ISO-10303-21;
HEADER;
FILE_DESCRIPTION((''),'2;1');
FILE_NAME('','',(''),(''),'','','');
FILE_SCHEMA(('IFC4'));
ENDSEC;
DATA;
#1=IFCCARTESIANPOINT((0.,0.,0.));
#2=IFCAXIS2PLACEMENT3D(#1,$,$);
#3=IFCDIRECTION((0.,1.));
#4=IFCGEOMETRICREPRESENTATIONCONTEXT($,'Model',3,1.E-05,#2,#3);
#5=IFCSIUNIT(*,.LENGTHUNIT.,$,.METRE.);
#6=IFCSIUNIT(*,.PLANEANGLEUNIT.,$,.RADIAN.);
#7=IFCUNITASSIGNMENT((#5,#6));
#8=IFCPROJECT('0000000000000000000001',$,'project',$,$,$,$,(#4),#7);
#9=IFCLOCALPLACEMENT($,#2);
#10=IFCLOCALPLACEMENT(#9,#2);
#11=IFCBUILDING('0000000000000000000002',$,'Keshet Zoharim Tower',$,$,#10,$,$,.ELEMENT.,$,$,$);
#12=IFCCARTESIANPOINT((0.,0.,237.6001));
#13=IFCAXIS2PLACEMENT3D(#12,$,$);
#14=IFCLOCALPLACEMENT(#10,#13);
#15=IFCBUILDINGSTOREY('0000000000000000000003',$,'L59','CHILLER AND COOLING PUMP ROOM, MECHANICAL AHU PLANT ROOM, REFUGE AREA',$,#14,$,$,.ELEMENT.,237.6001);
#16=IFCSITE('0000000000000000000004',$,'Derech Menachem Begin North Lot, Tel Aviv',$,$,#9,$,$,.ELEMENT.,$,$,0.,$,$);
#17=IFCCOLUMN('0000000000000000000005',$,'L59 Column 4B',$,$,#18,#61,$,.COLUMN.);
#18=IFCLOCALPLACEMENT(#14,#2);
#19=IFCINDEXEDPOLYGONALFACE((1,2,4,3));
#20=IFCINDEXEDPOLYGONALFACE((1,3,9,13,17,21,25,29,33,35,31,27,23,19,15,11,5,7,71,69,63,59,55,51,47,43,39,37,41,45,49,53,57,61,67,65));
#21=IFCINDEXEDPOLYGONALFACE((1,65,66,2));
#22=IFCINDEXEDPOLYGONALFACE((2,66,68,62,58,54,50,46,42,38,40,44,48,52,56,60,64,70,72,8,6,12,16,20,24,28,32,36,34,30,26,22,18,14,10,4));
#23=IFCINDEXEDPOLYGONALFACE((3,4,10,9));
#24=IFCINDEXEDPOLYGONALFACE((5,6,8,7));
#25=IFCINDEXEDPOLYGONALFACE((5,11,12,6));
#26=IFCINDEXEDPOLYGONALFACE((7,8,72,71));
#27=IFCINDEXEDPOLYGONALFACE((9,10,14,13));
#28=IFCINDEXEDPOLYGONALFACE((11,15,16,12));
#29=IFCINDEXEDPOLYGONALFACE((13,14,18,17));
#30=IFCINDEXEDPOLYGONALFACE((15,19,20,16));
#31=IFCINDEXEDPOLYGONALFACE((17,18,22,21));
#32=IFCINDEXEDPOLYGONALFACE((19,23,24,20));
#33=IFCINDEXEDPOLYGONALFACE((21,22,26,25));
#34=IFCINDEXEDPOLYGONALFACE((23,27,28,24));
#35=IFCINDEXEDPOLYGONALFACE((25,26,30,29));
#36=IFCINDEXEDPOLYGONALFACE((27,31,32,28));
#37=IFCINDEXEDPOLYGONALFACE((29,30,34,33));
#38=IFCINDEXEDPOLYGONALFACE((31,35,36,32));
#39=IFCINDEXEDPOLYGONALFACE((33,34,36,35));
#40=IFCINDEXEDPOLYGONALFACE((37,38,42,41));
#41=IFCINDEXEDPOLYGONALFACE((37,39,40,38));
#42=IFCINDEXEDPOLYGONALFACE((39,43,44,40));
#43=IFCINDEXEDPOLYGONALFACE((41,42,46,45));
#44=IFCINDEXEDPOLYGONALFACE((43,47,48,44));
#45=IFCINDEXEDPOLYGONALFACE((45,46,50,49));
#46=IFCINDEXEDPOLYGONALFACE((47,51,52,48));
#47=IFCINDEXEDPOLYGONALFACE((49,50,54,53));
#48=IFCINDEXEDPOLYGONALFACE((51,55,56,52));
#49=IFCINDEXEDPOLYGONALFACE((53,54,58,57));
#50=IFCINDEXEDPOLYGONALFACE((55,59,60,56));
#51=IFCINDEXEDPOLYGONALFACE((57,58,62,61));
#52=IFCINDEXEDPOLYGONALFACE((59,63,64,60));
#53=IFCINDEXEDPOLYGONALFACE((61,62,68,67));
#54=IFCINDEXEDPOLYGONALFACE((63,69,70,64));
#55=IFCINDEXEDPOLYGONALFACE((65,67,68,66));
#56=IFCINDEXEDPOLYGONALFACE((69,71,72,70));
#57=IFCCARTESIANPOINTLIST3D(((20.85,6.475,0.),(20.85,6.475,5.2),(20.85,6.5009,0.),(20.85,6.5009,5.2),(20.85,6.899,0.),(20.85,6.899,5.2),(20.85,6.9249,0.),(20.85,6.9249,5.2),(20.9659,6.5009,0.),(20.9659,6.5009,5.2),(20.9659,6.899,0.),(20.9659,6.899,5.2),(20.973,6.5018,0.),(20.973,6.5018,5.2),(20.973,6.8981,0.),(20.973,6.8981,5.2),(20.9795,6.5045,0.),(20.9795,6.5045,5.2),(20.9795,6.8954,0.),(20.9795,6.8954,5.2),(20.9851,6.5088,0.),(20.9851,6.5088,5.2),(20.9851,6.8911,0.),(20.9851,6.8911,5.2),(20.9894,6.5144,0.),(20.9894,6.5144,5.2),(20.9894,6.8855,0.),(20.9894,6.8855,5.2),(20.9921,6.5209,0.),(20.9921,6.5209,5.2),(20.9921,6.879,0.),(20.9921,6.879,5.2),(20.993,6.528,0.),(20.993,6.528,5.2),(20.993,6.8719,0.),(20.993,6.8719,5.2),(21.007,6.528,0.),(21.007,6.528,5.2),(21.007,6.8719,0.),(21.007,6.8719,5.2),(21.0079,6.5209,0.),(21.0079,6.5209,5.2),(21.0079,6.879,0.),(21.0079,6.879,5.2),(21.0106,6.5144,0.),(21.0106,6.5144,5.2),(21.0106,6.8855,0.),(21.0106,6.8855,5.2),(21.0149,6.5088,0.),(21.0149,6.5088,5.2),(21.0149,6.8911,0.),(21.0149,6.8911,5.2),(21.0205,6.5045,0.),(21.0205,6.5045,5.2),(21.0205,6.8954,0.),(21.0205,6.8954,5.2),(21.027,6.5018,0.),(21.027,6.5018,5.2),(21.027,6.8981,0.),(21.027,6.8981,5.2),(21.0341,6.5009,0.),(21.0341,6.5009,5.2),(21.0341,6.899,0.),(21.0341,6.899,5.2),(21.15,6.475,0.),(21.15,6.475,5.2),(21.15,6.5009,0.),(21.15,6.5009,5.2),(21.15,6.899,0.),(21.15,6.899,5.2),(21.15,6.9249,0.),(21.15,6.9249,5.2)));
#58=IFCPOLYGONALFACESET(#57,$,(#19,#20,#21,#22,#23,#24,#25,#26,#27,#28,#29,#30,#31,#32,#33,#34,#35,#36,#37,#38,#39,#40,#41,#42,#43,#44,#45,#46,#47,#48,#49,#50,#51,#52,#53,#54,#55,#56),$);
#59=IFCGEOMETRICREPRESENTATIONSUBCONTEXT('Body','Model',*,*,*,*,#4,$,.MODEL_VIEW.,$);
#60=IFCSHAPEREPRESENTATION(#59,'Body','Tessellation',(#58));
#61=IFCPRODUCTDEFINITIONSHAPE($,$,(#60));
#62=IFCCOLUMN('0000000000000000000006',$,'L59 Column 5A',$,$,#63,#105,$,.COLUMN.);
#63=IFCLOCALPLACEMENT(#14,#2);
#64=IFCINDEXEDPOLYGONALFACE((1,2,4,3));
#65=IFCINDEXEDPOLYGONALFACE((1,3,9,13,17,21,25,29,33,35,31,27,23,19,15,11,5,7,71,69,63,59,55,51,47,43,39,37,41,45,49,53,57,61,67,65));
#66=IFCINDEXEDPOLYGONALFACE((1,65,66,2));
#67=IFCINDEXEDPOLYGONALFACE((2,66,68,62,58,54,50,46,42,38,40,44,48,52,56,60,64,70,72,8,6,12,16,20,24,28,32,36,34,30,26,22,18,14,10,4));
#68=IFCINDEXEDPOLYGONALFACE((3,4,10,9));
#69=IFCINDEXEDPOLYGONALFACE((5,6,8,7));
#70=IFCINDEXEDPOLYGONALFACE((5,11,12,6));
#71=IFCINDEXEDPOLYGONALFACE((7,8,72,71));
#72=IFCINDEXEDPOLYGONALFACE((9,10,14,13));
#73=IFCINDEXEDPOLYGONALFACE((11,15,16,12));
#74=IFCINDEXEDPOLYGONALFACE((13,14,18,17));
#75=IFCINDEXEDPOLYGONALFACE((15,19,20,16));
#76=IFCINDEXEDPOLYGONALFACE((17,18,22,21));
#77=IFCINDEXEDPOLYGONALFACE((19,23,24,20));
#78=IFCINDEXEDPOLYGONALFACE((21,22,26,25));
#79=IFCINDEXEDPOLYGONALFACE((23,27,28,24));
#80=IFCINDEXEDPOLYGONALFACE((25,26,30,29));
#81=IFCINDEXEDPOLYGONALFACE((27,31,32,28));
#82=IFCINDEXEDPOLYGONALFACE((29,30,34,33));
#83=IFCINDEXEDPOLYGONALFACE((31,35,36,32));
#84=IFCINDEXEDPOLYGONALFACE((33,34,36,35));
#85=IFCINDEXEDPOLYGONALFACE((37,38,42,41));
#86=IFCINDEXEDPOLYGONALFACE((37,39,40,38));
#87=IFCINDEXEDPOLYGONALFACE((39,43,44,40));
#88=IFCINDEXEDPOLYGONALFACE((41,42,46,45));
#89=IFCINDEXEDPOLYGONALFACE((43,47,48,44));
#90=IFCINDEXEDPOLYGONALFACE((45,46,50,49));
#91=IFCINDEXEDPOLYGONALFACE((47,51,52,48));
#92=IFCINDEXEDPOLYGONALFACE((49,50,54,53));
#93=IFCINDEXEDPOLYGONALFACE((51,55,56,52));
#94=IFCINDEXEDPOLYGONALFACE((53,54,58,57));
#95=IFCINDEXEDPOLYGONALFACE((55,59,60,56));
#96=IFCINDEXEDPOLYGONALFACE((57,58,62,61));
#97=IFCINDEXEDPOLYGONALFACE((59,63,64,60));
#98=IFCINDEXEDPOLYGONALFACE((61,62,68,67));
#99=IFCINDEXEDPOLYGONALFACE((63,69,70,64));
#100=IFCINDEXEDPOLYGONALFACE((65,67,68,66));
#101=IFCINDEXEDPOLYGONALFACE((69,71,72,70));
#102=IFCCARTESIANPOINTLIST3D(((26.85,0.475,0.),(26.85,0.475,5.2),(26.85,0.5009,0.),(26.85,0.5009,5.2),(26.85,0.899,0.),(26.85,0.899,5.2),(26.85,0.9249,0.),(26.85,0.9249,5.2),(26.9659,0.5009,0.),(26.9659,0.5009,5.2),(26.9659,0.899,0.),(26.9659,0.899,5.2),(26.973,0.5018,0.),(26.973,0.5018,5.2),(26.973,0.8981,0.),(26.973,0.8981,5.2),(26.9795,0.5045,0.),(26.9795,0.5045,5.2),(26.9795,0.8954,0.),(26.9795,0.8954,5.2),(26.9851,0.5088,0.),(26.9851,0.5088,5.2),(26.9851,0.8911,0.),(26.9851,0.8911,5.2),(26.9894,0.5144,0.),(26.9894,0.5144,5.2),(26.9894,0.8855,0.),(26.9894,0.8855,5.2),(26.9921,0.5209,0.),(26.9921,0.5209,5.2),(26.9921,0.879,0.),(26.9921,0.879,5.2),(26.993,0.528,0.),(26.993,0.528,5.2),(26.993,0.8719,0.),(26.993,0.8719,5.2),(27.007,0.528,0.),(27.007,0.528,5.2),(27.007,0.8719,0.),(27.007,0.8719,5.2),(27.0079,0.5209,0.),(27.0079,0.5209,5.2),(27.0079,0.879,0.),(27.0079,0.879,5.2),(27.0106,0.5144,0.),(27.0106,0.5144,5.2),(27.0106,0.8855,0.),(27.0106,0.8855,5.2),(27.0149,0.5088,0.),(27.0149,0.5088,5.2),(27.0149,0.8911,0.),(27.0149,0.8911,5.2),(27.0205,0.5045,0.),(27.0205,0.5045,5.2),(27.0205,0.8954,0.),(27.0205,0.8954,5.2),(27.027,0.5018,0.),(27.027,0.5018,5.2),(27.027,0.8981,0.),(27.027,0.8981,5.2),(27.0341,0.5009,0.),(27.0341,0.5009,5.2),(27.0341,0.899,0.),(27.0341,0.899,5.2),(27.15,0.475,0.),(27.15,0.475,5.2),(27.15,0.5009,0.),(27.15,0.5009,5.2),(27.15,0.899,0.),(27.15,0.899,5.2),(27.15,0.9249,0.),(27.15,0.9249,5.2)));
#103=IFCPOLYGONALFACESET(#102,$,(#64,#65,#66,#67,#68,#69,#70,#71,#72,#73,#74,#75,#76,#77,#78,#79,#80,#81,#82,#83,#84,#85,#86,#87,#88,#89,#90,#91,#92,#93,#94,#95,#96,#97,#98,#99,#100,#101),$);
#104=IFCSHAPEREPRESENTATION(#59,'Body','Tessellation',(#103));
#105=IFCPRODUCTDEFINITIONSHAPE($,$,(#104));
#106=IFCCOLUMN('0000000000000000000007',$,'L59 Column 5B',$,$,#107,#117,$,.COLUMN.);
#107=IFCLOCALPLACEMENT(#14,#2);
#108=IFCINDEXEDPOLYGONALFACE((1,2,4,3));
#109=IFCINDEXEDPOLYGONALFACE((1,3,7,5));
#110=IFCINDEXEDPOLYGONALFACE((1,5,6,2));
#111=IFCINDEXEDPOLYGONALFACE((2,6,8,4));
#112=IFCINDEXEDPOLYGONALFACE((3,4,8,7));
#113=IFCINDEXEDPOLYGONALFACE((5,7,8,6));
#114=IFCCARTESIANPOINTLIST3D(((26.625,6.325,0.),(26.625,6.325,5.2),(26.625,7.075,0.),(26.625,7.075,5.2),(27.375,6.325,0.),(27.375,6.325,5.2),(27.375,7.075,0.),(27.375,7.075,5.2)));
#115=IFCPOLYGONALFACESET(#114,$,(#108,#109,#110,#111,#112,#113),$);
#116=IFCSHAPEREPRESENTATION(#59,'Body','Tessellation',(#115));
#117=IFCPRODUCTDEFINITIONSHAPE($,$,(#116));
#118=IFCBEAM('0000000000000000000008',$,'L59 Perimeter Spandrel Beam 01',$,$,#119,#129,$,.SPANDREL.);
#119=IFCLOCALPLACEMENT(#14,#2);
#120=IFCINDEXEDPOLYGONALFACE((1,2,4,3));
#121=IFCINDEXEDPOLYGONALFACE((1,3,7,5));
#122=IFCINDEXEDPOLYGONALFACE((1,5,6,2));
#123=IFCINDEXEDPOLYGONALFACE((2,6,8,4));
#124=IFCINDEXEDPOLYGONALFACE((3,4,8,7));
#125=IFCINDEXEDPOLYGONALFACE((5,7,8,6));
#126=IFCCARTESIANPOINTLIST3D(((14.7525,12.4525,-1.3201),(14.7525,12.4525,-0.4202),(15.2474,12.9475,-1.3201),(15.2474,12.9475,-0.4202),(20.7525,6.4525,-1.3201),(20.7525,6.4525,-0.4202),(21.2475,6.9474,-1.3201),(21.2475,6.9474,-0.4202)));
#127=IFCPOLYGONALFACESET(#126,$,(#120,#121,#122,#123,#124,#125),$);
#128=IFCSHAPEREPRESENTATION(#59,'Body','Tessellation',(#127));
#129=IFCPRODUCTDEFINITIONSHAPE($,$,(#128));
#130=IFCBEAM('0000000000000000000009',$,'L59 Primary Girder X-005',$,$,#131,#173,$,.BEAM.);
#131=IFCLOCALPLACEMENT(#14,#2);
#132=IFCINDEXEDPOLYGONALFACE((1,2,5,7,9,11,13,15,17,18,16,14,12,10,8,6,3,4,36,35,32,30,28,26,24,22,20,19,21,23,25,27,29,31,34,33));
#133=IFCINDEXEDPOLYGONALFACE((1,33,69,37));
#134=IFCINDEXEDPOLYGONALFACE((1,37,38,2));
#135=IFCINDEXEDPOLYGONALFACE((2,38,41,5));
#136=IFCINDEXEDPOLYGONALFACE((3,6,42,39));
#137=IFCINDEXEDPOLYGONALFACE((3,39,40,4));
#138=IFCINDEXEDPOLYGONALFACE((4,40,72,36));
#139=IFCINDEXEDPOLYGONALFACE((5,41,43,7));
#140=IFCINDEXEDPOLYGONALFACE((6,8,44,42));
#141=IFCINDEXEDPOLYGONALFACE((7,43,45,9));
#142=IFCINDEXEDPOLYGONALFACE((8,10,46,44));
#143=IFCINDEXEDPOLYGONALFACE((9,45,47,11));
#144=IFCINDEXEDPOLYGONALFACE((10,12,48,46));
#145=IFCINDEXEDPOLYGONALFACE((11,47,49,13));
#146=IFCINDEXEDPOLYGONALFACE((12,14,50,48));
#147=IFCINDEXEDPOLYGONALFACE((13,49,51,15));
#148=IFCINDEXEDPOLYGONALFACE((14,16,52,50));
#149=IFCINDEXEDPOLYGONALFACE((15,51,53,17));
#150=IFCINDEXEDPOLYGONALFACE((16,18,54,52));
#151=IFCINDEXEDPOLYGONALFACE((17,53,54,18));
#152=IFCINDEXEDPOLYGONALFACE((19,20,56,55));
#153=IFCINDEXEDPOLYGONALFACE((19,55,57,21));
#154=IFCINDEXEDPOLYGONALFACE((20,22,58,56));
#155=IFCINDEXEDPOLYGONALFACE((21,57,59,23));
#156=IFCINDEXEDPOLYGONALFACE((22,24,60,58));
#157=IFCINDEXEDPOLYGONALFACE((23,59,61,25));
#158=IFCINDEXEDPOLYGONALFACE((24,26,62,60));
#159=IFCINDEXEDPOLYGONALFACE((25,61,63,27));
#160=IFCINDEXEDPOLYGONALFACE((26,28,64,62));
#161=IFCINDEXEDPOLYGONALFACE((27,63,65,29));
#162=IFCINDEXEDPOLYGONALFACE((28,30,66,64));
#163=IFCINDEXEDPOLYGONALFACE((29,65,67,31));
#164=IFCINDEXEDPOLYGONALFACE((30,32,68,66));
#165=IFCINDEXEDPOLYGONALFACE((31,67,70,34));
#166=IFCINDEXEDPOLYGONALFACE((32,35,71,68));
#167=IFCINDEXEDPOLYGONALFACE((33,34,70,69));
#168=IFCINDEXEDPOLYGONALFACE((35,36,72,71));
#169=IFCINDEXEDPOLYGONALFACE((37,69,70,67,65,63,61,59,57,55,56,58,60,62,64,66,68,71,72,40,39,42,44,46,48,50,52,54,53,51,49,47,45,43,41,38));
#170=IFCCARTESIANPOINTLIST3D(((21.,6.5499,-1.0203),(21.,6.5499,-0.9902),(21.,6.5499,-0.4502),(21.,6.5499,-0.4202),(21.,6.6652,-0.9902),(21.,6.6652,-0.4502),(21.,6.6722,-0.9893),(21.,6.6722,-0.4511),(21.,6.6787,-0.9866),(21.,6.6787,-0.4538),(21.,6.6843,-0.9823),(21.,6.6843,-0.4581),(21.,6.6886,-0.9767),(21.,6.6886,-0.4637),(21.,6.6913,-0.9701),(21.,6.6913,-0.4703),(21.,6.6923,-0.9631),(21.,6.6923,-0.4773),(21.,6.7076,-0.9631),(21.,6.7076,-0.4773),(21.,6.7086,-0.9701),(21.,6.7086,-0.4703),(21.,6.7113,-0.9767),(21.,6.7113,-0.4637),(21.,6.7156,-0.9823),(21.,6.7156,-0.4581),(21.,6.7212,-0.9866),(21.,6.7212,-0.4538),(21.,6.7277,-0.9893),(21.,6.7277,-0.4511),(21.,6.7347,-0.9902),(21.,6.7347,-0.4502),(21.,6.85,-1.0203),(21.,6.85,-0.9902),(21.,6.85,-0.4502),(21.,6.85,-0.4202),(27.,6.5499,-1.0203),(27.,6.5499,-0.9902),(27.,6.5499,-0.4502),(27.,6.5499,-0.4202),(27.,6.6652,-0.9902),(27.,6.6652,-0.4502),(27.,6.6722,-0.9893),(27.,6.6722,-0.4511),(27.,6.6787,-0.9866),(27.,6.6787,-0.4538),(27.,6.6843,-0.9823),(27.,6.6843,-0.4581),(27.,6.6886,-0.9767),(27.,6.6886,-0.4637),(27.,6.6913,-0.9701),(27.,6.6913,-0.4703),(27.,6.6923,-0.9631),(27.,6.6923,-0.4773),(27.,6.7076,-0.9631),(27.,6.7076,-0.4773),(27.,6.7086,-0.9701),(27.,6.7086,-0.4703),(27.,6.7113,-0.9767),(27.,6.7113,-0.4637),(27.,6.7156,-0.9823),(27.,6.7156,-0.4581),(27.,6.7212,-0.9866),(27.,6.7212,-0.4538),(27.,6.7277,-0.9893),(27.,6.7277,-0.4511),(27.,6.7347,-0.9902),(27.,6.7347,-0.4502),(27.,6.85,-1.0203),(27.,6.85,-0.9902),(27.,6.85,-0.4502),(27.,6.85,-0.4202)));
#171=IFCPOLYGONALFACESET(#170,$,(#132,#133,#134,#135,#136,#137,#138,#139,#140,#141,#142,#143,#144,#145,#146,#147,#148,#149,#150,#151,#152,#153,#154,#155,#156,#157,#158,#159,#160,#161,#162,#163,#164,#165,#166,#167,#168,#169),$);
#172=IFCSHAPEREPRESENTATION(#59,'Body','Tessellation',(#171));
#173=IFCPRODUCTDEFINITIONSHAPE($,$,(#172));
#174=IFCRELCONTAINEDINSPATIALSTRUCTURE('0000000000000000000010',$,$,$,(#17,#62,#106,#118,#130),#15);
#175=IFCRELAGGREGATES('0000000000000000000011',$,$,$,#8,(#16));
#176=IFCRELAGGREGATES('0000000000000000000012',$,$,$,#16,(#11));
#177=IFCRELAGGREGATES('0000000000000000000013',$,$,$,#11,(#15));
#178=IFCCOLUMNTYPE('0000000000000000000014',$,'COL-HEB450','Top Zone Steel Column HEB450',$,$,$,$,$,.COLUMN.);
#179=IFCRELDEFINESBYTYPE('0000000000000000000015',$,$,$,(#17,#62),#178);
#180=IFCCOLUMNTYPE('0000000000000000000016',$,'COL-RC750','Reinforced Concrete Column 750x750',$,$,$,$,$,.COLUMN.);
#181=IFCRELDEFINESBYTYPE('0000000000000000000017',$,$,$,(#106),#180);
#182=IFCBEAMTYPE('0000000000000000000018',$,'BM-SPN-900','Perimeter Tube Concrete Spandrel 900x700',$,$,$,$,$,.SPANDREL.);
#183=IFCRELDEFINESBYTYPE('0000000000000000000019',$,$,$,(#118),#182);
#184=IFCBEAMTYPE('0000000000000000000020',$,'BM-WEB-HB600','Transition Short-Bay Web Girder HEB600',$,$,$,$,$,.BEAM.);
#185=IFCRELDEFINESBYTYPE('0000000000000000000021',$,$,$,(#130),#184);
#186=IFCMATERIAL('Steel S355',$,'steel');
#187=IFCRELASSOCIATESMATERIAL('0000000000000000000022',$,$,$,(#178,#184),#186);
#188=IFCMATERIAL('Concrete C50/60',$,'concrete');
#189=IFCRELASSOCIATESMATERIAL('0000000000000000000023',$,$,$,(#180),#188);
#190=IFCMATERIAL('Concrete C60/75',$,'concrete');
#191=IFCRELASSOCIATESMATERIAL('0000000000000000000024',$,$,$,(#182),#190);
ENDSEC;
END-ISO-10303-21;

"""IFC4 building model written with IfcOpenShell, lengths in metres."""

from ifc_helpers import new_model, si_unit, direction, frame, origin, origin_2d, place, context, subcontext, project, spatial, rectangle, i_section, extrude, material, material_profile, profile_set, type_object, element, save


model = new_model("IFC4")

# Units and contexts
model_context = context("Model", 3, precision=1e-05, world=origin(), true_north=direction((0.0, 1.0)))
body_context = subcontext(model_context, "Body", "Model", "MODEL_VIEW")
ifc_project = project(units=[si_unit("LENGTHUNIT", "METRE"), si_unit("PLANEANGLEUNIT", "RADIAN")], contexts=[model_context])

# Site, building, storey
site_placement = place(None, origin())
site = spatial("IfcSite", under=ifc_project, at=site_placement, Name="Derech Menachem Begin North Lot, Tel Aviv", CompositionType="ELEMENT", RefElevation=0.0)
building_placement = place(site_placement, origin())
building = spatial("IfcBuilding", under=site, at=building_placement, Name="Keshet Zoharim Tower", CompositionType="ELEMENT")
storey_placement = place(building_placement, frame((0.0, 0.0, 237.6001)))
storey = spatial("IfcBuildingStorey", under=building, at=storey_placement, Name="L59", Description="CHILLER AND COOLING PUMP ROOM, MECHANICAL AHU PLANT ROOM, REFUGE AREA", CompositionType="ELEMENT", Elevation=237.6001)

# Columns
ifc_material_1 = material(Name="Steel S355", Category="steel")
ifc_material_profile_1 = material_profile(ifc_material_1, i_section(OverallWidth=0.3, OverallDepth=0.45, WebThickness=0.0139, FlangeThickness=0.0259, FilletRadius=0.0271, at=origin_2d()), Name="HEB450")
ifc_profile_set_1 = profile_set([ifc_material_profile_1], Name="Steel S355")
column_type_1 = type_object("IfcColumnType", Name="COL-HEB450", Description="Top Zone Steel Column HEB450", PredefinedType="COLUMN", material=ifc_profile_set_1)
for number, where, z_axis, x_axis, name in (
    (1, (21.0, 6.7, 0.0), (0.0, 0.0, 1.0), (1.0, 0.0, 0.0), "L59 Column 4B"),
    (2, (27.0, 0.7, 0.0), (0.0, 0.0, 1.0), (1.0, 0.0, 0.0), "L59 Column 5A"),
):
    element("IfcColumn", number, at=place(storey_placement, frame(where, z_axis=z_axis, x_axis=x_axis)), inside=storey, type_object=column_type_1, Name=name, PredefinedType="COLUMN", context=body_context, shape_type="SweptSolid", body=[
        extrude(i_section(OverallWidth=0.3, OverallDepth=0.45, WebThickness=0.0139, FlangeThickness=0.0259, FilletRadius=0.0271, at=origin_2d()), origin(), (0.0, 0.0, 1.0), 5.2),
    ])
ifc_material_2 = material(Name="Concrete C50/60", Category="concrete")
ifc_material_profile_2 = material_profile(ifc_material_2, rectangle(XDim=0.75, YDim=0.75, at=origin_2d()), Name="RC750x750")
ifc_profile_set_2 = profile_set([ifc_material_profile_2], Name="Concrete C50/60")
column_type_2 = type_object("IfcColumnType", Name="COL-RC750", Description="Reinforced Concrete Column 750x750", PredefinedType="COLUMN", material=ifc_profile_set_2)
column_placement = place(storey_placement, frame((27.0, 6.7, 0.0), z_axis=(0.0, 0.0, 1.0), x_axis=(1.0, 0.0, 0.0)))
element("IfcColumn", 3, at=column_placement, inside=storey, type_object=column_type_2, Name="L59 Column 5B", PredefinedType="COLUMN", context=body_context, shape_type="SweptSolid", body=[
    extrude(rectangle(XDim=0.75, YDim=0.75, at=origin_2d()), origin(), (0.0, 0.0, 1.0), 5.2),
])

# Beams
ifc_material_3 = material(Name="Concrete C60/75", Category="concrete")
ifc_material_profile_3 = material_profile(ifc_material_3, rectangle(XDim=0.7, YDim=0.8999, at=origin_2d()), Name="RC900x700")
ifc_profile_set_3 = profile_set([ifc_material_profile_3], Name="Concrete C60/75")
beam_type_1 = type_object("IfcBeamType", Name="BM-SPN-900", Description="Perimeter Tube Concrete Spandrel 900x700", PredefinedType="SPANDREL", material=ifc_profile_set_3)
beam_1_placement = place(storey_placement, frame((21.0, 6.7, -0.8701), z_axis=(-0.707107, 0.707107, 0.0), x_axis=(-0.707107, -0.707107, 0.0)))
element("IfcBeam", 4, at=beam_1_placement, inside=storey, type_object=beam_type_1, Name="L59 Perimeter Spandrel Beam 01", PredefinedType="SPANDREL", context=body_context, shape_type="SweptSolid", body=[
    extrude(rectangle(XDim=0.7, YDim=0.8999, at=origin_2d()), origin(), (0.0, 0.0, 1.0), 8.4854),
])
ifc_material_profile_4 = material_profile(ifc_material_1, i_section(OverallWidth=0.3, OverallDepth=0.6001, WebThickness=0.0154, FlangeThickness=0.03, FilletRadius=0.0271, at=origin_2d()), Name="HEB600")
ifc_profile_set_4 = profile_set([ifc_material_profile_4], Name="Steel S355")
beam_type_2 = type_object("IfcBeamType", Name="BM-WEB-HB600", Description="Transition Short-Bay Web Girder HEB600", PredefinedType="BEAM", material=ifc_profile_set_4)
beam_2_placement = place(storey_placement, frame((21.0, 6.7, -0.7202), z_axis=(1.0, 0.0, 0.0), x_axis=(0.0, 1.0, 0.0)))
element("IfcBeam", 5, at=beam_2_placement, inside=storey, type_object=beam_type_2, Name="L59 Primary Girder X-005", PredefinedType="BEAM", context=body_context, shape_type="SweptSolid", body=[
    extrude(i_section(OverallWidth=0.3, OverallDepth=0.6001, WebThickness=0.0154, FlangeThickness=0.03, FilletRadius=0.0271, at=origin_2d()), origin(), (0.0, 0.0, 1.0), 6.0),
])

save(model, "model.ifc")
